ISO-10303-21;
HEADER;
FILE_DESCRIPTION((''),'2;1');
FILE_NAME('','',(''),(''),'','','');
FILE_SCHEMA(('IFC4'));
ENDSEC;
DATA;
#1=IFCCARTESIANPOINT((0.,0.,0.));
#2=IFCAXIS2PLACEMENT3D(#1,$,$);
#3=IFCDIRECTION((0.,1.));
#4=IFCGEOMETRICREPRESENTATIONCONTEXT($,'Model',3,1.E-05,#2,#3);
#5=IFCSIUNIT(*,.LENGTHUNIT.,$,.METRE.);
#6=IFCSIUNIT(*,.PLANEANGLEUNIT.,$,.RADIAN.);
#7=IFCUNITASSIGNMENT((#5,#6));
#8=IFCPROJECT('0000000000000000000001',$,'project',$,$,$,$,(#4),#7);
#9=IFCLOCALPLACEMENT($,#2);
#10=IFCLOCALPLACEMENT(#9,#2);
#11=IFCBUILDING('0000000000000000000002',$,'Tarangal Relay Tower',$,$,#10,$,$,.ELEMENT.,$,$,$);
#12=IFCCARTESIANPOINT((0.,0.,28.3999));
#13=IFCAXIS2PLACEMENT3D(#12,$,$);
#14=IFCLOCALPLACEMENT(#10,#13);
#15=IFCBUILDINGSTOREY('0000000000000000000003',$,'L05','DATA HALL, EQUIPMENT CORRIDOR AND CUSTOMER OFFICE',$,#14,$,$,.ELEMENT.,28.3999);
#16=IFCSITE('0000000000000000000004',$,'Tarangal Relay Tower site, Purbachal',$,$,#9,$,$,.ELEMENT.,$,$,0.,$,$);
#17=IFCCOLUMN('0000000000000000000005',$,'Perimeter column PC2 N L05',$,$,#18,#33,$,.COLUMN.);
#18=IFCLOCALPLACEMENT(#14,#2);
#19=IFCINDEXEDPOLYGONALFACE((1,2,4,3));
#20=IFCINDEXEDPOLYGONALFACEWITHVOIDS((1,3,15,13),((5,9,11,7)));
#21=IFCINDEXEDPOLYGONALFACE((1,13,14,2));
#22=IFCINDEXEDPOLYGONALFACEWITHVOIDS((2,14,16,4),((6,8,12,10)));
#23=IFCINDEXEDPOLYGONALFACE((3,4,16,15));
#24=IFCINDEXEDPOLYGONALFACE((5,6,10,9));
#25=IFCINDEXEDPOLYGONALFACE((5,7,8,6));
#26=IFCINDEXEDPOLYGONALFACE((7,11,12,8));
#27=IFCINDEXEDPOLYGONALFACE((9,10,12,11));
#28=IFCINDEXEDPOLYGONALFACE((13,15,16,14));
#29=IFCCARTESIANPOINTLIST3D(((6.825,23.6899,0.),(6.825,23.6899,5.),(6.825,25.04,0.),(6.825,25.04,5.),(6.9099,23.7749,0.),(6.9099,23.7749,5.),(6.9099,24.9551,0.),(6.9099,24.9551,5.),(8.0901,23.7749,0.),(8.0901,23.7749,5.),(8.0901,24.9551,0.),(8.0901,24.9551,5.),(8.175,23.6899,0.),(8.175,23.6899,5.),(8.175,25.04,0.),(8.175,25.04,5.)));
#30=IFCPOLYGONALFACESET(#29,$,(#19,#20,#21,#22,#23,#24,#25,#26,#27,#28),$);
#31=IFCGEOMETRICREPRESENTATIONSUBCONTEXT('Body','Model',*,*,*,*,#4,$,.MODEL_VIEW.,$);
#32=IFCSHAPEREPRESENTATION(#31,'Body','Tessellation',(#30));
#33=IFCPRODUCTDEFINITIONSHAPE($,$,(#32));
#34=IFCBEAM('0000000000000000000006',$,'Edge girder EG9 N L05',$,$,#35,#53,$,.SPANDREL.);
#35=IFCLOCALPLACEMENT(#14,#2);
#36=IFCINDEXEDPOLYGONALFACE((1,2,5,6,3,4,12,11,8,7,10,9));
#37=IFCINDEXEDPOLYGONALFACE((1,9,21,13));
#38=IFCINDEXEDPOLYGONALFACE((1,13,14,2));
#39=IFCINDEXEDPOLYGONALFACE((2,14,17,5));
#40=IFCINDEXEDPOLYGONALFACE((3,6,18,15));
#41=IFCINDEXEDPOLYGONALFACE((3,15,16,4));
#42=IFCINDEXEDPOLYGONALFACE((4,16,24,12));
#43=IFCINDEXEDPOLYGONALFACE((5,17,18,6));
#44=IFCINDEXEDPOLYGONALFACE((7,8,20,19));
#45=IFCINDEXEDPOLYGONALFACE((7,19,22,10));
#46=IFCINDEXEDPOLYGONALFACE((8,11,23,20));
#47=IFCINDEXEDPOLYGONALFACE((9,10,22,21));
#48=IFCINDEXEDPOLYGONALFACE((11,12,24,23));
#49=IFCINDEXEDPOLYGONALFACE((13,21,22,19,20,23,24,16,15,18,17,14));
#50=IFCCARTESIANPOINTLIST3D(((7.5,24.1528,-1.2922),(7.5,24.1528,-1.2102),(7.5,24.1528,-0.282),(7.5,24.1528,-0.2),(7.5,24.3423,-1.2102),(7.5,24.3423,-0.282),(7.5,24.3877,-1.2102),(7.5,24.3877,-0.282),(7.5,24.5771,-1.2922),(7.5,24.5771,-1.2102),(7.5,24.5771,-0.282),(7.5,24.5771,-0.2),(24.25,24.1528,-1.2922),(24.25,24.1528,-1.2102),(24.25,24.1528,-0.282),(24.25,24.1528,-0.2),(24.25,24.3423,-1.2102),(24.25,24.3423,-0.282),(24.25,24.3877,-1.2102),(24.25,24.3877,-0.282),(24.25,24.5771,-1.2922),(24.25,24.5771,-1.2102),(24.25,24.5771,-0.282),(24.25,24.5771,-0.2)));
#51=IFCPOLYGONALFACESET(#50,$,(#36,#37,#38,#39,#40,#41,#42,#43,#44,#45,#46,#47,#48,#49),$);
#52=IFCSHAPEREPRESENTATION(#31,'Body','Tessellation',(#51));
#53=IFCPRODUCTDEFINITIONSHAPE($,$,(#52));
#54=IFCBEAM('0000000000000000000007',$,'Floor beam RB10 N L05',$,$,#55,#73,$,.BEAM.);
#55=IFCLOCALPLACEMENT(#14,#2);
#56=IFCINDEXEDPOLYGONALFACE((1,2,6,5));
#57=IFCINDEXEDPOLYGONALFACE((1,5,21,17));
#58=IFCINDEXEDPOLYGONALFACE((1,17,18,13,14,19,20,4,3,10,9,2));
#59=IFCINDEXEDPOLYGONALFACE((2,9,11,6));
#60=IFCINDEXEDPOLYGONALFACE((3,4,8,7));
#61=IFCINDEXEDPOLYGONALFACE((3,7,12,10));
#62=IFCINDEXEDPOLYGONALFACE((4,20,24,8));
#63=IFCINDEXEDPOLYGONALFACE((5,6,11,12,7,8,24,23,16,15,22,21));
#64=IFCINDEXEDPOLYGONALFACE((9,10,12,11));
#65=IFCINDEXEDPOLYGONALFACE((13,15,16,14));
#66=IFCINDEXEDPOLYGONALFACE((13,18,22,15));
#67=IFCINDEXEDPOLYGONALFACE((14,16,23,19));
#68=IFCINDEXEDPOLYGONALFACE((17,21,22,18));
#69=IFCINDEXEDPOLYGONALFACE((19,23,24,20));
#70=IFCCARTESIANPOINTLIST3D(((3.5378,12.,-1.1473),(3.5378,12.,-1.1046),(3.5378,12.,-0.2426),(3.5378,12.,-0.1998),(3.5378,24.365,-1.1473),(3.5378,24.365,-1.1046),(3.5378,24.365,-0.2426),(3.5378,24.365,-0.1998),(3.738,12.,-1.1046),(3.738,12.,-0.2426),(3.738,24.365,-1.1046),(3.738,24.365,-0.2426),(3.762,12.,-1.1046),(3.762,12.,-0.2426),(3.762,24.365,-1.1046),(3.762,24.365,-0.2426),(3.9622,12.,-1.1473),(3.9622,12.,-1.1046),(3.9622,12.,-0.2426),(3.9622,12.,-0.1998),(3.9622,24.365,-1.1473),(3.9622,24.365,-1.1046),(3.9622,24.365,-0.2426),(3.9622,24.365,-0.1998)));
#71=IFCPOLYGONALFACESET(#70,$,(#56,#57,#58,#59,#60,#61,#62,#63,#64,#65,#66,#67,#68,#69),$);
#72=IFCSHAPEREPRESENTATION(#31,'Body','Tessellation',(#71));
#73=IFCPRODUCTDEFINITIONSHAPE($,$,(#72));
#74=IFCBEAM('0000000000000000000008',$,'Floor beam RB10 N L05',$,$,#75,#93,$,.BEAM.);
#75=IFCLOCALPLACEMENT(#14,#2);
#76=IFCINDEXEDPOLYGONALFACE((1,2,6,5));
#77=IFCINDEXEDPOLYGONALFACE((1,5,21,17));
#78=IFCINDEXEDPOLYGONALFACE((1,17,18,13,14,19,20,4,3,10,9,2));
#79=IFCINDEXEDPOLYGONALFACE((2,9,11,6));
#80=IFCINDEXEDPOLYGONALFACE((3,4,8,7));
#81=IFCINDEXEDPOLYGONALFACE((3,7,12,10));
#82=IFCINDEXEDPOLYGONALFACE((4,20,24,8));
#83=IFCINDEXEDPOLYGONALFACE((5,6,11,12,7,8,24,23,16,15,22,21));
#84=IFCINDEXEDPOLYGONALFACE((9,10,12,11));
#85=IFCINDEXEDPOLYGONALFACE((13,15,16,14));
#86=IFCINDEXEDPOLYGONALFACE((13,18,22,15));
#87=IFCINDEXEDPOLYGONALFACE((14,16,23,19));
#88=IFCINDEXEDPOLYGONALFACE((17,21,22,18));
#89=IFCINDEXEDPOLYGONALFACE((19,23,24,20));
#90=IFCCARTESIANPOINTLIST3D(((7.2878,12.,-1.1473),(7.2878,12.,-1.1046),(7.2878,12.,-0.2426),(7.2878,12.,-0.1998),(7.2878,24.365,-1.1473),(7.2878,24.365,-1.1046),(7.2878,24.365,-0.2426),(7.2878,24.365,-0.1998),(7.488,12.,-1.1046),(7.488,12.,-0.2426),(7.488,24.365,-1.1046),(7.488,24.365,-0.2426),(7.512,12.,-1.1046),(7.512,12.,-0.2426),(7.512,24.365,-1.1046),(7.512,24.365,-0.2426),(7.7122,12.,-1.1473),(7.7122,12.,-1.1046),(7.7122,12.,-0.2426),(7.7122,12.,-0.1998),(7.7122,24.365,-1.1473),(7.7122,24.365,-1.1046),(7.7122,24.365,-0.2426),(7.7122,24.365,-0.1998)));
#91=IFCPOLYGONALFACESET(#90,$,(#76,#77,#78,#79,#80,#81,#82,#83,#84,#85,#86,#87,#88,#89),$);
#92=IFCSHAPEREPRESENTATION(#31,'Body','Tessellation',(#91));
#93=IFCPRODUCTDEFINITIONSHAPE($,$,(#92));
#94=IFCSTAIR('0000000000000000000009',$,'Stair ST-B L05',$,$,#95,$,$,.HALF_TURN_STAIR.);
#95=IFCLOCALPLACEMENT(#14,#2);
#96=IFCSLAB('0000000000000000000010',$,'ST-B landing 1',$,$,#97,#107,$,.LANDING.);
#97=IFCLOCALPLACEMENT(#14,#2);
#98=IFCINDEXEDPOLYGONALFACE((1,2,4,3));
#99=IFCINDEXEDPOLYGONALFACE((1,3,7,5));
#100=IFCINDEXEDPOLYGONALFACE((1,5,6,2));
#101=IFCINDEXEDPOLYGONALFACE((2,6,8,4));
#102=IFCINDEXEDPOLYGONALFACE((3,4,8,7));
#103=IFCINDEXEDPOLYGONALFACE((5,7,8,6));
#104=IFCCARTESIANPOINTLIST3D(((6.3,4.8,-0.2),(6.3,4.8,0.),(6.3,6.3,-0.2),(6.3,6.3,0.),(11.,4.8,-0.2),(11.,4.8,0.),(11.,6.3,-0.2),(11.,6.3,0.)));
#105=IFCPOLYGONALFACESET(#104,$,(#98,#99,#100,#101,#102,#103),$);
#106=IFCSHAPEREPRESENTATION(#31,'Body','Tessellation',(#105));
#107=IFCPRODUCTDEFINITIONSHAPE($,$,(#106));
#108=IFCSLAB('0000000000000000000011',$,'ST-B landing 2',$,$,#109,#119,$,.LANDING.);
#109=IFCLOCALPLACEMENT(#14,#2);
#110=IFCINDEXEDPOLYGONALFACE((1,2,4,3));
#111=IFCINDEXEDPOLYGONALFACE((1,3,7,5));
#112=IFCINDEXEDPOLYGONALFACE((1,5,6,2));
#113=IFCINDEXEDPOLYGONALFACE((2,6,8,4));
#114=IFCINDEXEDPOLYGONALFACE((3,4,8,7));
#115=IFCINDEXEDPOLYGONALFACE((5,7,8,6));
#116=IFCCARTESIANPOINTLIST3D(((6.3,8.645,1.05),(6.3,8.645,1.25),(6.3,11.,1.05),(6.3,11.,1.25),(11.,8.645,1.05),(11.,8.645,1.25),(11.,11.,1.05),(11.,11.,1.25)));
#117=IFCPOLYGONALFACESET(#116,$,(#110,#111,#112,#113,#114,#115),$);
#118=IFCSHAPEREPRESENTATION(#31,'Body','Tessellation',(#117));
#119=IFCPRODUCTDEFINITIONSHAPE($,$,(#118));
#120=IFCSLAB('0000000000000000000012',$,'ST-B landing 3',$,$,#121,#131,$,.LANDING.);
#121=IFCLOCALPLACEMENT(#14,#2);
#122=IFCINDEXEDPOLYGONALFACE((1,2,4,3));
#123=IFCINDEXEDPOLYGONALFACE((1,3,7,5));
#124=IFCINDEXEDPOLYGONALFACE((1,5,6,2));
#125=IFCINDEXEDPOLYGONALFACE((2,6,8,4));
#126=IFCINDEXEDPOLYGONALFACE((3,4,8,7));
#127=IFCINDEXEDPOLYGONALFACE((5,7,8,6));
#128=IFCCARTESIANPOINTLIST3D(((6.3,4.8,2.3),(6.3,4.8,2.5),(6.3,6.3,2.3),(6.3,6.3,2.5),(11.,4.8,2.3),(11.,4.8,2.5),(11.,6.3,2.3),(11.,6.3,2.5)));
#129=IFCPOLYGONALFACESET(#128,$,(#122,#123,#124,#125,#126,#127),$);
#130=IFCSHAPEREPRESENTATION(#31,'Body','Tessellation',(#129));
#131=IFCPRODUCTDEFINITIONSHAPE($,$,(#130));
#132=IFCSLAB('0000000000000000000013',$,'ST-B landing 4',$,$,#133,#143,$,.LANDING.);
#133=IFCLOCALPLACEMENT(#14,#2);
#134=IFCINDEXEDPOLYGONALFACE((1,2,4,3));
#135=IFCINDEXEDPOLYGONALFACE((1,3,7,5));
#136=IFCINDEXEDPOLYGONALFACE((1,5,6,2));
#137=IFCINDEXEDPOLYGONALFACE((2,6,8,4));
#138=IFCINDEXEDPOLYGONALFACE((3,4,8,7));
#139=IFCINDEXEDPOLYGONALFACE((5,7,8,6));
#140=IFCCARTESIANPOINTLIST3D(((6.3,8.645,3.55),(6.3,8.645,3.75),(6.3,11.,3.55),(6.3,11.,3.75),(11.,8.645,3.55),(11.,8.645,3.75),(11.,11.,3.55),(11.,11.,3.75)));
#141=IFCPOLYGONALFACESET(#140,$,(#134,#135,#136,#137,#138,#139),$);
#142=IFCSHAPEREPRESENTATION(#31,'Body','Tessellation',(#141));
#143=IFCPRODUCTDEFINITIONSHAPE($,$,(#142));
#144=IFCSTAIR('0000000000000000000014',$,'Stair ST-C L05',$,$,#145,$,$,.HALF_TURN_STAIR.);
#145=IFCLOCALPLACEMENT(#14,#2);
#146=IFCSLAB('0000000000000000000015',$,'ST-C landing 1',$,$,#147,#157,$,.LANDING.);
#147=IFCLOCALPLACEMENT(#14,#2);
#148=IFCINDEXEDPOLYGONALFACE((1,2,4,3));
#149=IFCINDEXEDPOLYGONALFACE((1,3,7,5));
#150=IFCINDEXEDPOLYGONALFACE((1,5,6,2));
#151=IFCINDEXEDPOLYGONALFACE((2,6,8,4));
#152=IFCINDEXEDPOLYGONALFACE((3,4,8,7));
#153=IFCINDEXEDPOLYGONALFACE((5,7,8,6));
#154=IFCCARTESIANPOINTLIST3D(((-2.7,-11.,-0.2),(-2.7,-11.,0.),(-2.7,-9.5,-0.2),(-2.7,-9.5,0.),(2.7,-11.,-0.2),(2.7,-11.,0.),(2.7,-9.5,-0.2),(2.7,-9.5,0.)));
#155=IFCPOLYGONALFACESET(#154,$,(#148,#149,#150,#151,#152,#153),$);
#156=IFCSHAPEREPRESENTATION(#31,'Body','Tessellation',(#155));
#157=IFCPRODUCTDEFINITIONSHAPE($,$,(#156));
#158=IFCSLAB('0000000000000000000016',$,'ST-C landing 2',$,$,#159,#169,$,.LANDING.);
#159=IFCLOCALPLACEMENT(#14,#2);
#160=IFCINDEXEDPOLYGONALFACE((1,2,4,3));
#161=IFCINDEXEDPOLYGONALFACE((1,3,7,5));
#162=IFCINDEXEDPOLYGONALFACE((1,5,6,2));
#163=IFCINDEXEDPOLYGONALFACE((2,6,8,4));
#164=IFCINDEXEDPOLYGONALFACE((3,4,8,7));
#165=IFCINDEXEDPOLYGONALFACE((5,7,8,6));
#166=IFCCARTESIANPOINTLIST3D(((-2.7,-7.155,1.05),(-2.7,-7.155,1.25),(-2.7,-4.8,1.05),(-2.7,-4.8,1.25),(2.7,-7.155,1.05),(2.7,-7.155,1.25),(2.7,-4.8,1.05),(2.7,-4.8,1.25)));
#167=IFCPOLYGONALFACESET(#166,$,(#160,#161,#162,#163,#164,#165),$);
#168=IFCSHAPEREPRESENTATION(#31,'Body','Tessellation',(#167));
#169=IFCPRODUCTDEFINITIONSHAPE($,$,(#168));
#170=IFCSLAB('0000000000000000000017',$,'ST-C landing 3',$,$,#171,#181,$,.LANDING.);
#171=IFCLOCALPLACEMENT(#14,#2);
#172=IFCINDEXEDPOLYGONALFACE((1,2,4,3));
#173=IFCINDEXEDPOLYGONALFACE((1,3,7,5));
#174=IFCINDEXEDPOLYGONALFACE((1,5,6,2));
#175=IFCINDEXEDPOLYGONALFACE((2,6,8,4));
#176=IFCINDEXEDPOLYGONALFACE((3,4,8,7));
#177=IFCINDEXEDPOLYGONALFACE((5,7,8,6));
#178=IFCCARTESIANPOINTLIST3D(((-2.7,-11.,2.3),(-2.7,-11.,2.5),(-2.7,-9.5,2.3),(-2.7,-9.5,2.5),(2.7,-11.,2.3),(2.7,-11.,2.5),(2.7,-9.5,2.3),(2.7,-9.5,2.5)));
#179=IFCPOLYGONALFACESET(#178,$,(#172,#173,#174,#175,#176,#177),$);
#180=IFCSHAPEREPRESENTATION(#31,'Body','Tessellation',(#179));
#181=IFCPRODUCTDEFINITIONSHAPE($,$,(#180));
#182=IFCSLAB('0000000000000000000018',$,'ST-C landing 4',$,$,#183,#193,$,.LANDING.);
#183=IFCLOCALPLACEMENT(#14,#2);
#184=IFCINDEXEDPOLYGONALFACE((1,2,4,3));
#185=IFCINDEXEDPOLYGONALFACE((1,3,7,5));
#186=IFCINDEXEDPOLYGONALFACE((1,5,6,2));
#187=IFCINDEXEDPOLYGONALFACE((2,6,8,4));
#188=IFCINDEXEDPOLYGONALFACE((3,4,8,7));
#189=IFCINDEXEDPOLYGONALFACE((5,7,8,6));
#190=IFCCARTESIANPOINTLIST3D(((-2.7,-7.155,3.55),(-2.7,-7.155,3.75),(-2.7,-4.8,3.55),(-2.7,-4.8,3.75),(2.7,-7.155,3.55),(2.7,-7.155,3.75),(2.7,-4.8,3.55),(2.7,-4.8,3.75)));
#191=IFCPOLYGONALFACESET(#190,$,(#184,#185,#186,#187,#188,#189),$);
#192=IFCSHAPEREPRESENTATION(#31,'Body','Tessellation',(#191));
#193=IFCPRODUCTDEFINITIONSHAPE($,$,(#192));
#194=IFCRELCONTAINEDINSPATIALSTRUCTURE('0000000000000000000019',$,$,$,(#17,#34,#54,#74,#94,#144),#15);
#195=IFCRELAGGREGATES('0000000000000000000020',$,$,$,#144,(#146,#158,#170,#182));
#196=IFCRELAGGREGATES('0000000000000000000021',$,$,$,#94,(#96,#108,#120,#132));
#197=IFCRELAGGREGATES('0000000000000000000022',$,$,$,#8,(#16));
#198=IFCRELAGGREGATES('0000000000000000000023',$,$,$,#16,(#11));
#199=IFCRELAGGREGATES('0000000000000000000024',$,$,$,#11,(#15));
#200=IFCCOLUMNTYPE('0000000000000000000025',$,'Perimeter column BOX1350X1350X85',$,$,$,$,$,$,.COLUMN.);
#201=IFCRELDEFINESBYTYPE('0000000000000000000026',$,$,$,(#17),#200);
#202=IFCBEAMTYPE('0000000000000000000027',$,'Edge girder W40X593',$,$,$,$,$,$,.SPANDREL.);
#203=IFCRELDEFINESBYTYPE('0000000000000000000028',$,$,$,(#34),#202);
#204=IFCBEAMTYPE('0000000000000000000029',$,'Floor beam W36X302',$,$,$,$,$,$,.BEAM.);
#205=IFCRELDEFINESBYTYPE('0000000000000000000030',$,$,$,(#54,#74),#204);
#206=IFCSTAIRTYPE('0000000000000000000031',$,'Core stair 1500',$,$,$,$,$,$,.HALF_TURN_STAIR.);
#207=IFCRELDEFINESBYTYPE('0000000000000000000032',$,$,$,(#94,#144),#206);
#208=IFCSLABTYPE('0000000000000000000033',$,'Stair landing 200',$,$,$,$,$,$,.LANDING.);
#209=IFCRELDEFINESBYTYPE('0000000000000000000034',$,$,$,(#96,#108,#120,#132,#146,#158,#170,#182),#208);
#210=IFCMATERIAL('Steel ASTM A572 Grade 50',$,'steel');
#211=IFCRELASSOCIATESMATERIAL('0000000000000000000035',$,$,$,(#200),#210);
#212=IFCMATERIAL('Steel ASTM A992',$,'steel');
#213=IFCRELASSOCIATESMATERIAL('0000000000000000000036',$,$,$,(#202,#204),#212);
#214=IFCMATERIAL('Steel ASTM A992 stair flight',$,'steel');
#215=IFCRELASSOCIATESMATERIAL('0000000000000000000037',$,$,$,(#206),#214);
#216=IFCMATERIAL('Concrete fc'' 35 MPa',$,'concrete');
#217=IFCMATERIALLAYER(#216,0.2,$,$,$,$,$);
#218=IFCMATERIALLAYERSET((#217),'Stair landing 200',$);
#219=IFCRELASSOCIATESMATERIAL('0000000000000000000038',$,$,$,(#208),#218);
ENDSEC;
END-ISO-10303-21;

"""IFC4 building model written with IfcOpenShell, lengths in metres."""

from ifc_helpers import new_model, si_unit, direction, frame, origin, origin_2d, place, context, subcontext, project, spatial, polyline, hollow_rectangle, i_section, outline, extrude, material, layer, layer_set, material_profile, profile_set, type_object, element, aggregate, save


model = new_model("IFC4")

# Units and contexts
model_context = context("Model", 3, precision=1e-05, world=origin(), true_north=direction((0.0, 1.0)))
body_context = subcontext(model_context, "Body", "Model", "MODEL_VIEW")
ifc_project = project(units=[si_unit("LENGTHUNIT", "METRE"), si_unit("PLANEANGLEUNIT", "RADIAN")], contexts=[model_context])

# Site, building, storey
site_placement = place(None, origin())
site = spatial("IfcSite", under=ifc_project, at=site_placement, Name="Tarangal Relay Tower site, Purbachal", CompositionType="ELEMENT", RefElevation=0.0)
building_placement = place(site_placement, origin())
building = spatial("IfcBuilding", under=site, at=building_placement, Name="Tarangal Relay Tower", CompositionType="ELEMENT")
storey_placement = place(building_placement, frame((0.0, 0.0, 28.3999)))
storey = spatial("IfcBuildingStorey", under=building, at=storey_placement, Name="L05", Description="DATA HALL, EQUIPMENT CORRIDOR AND CUSTOMER OFFICE", CompositionType="ELEMENT", Elevation=28.3999)

# Column
ifc_material_1 = material(Name="Steel ASTM A572 Grade 50", Category="steel")
ifc_material_profile_1 = material_profile(ifc_material_1, hollow_rectangle(XDim=1.3501, YDim=1.3501, WallThickness=0.085, at=origin_2d()), Name="BOX1350X1350X85")
ifc_profile_set_1 = profile_set([ifc_material_profile_1], Name="Steel ASTM A572 Grade 50")
column_type = type_object("IfcColumnType", Name="Perimeter column BOX1350X1350X85", PredefinedType="COLUMN", material=ifc_profile_set_1)
column_placement = place(storey_placement, frame((7.5, 24.365, 0.0), z_axis=(0.0, 0.0, 1.0), x_axis=(1.0, 0.0, 0.0)))
element("IfcColumn", 1, at=column_placement, inside=storey, type_object=column_type, Name="Perimeter column PC2 N L05", PredefinedType="COLUMN", context=body_context, shape_type="SweptSolid", body=[
    extrude(hollow_rectangle(XDim=1.3501, YDim=1.3501, WallThickness=0.085, at=origin_2d()), origin(), (0.0, 0.0, 1.0), 5.0),
])

# Beams
ifc_material_2 = material(Name="Steel ASTM A992", Category="steel")
ifc_material_profile_2 = material_profile(ifc_material_2, i_section(OverallWidth=0.4243, OverallDepth=1.0923, WebThickness=0.0454, FlangeThickness=0.082, at=origin_2d()), Name="W40X593")
ifc_profile_set_2 = profile_set([ifc_material_profile_2], Name="Steel ASTM A992")
beam_type_1 = type_object("IfcBeamType", Name="Edge girder W40X593", PredefinedType="SPANDREL", material=ifc_profile_set_2)
beam_placement = place(storey_placement, frame((7.5, 24.365, -0.7461), z_axis=(1.0, 0.0, 0.0), x_axis=(0.0, 1.0, 0.0)))
element("IfcBeam", 2, at=beam_placement, inside=storey, type_object=beam_type_1, Name="Edge girder EG9 N L05", PredefinedType="SPANDREL", context=body_context, shape_type="SweptSolid", body=[
    extrude(i_section(OverallWidth=0.4243, OverallDepth=1.0923, WebThickness=0.0454, FlangeThickness=0.082, at=origin_2d()), origin(), (0.0, 0.0, 1.0), 16.75),
])
ifc_material_profile_3 = material_profile(ifc_material_2, i_section(OverallWidth=0.4243, OverallDepth=0.9475, WebThickness=0.0239, FlangeThickness=0.0427, at=origin_2d()), Name="W36X302")
ifc_profile_set_3 = profile_set([ifc_material_profile_3], Name="Steel ASTM A992")
beam_type_2 = type_object("IfcBeamType", Name="Floor beam W36X302", PredefinedType="BEAM", material=ifc_profile_set_3)
for number, where, z_axis, x_axis, name in (
    (3, (3.75, 12.0, -0.6736), (0.0, 1.0, 0.0), (-1.0, 0.0, 0.0), "Floor beam RB10 N L05"),
    (4, (7.5, 12.0, -0.6736), (0.0, 1.0, 0.0), (-1.0, 0.0, 0.0), "Floor beam RB10 N L05"),
):
    element("IfcBeam", number, at=place(storey_placement, frame(where, z_axis=z_axis, x_axis=x_axis)), inside=storey, type_object=beam_type_2, Name=name, PredefinedType="BEAM", context=body_context, shape_type="SweptSolid", body=[
        extrude(i_section(OverallWidth=0.4243, OverallDepth=0.9475, WebThickness=0.0239, FlangeThickness=0.0427, at=origin_2d()), origin(), (0.0, 0.0, 1.0), 12.365),
    ])

# Stairs, slabs
ifc_material_3 = material(Name="Steel ASTM A992 stair flight", Category="steel")
stair_type = type_object("IfcStairType", Name="Core stair 1500", PredefinedType="HALF_TURN_STAIR", material=ifc_material_3)
stair_1_placement = place(storey_placement, origin())
stair_1 = element("IfcStair", 5, at=stair_1_placement, inside=storey, type_object=stair_type, Name="Stair ST-B L05", PredefinedType="HALF_TURN_STAIR")
ifc_material_4 = material(Name="Concrete fc' 35 MPa", Category="concrete")
ifc_layer_1 = layer(ifc_material_4, 0.2)
ifc_layer_set_1 = layer_set([ifc_layer_1], Name="Stair landing 200")
slab_type = type_object("IfcSlabType", Name="Stair landing 200", PredefinedType="LANDING", material=ifc_layer_set_1)
slab_1_placement = place(storey_placement, frame((0.0, 0.0, -0.2)))
slab_1 = element("IfcSlab", 6, at=slab_1_placement, type_object=slab_type, Name="ST-B landing 1", PredefinedType="LANDING", context=body_context, shape_type="SweptSolid", body=[
    extrude(outline(polyline([(6.3, 4.8), (11.0, 4.8), (11.0, 6.3), (6.3, 6.3), (6.3, 4.8)])), origin(), (0.0, 0.0, 1.0), 0.2),
])
slab_2_placement = place(storey_placement, frame((0.0, 0.0, 1.05)))
slab_2 = element("IfcSlab", 7, at=slab_2_placement, type_object=slab_type, Name="ST-B landing 2", PredefinedType="LANDING", context=body_context, shape_type="SweptSolid", body=[
    extrude(outline(polyline([(6.3, 8.645), (11.0, 8.645), (11.0, 11.0), (6.3, 11.0), (6.3, 8.645)])), origin(), (0.0, 0.0, 1.0), 0.2),
])
slab_3_placement = place(storey_placement, frame((0.0, 0.0, 2.3)))
slab_3 = element("IfcSlab", 8, at=slab_3_placement, type_object=slab_type, Name="ST-B landing 3", PredefinedType="LANDING", context=body_context, shape_type="SweptSolid", body=[
    extrude(outline(polyline([(6.3, 4.8), (11.0, 4.8), (11.0, 6.3), (6.3, 6.3), (6.3, 4.8)])), origin(), (0.0, 0.0, 1.0), 0.2),
])
slab_4_placement = place(storey_placement, frame((0.0, 0.0, 3.55)))
slab_4 = element("IfcSlab", 9, at=slab_4_placement, type_object=slab_type, Name="ST-B landing 4", PredefinedType="LANDING", context=body_context, shape_type="SweptSolid", body=[
    extrude(outline(polyline([(6.3, 8.645), (11.0, 8.645), (11.0, 11.0), (6.3, 11.0), (6.3, 8.645)])), origin(), (0.0, 0.0, 1.0), 0.2),
])
stair_2_placement = place(storey_placement, origin())
stair_2 = element("IfcStair", 10, at=stair_2_placement, inside=storey, type_object=stair_type, Name="Stair ST-C L05", PredefinedType="HALF_TURN_STAIR")
slab_5_placement = place(storey_placement, frame((0.0, 0.0, -0.2)))
slab_5 = element("IfcSlab", 11, at=slab_5_placement, type_object=slab_type, Name="ST-C landing 1", PredefinedType="LANDING", context=body_context, shape_type="SweptSolid", body=[
    extrude(outline(polyline([(-2.7, -11.0), (2.7, -11.0), (2.7, -9.5), (-2.7, -9.5), (-2.7, -11.0)])), origin(), (0.0, 0.0, 1.0), 0.2),
])
slab_6_placement = place(storey_placement, frame((0.0, 0.0, 1.05)))
slab_6 = element("IfcSlab", 12, at=slab_6_placement, type_object=slab_type, Name="ST-C landing 2", PredefinedType="LANDING", context=body_context, shape_type="SweptSolid", body=[
    extrude(outline(polyline([(-2.7, -7.155), (2.7, -7.155), (2.7, -4.8), (-2.7, -4.8), (-2.7, -7.155)])), origin(), (0.0, 0.0, 1.0), 0.2),
])
slab_7_placement = place(storey_placement, frame((0.0, 0.0, 2.3)))
slab_7 = element("IfcSlab", 13, at=slab_7_placement, type_object=slab_type, Name="ST-C landing 3", PredefinedType="LANDING", context=body_context, shape_type="SweptSolid", body=[
    extrude(outline(polyline([(-2.7, -11.0), (2.7, -11.0), (2.7, -9.5), (-2.7, -9.5), (-2.7, -11.0)])), origin(), (0.0, 0.0, 1.0), 0.2),
])
slab_8_placement = place(storey_placement, frame((0.0, 0.0, 3.55)))
slab_8 = element("IfcSlab", 14, at=slab_8_placement, type_object=slab_type, Name="ST-C landing 4", PredefinedType="LANDING", context=body_context, shape_type="SweptSolid", body=[
    extrude(outline(polyline([(-2.7, -7.155), (2.7, -7.155), (2.7, -4.8), (-2.7, -4.8), (-2.7, -7.155)])), origin(), (0.0, 0.0, 1.0), 0.2),
])
aggregate(stair_2, [slab_5, slab_6, slab_7, slab_8])

aggregate(stair_1, [slab_1, slab_2, slab_3, slab_4])

save(model, "model.ifc")
